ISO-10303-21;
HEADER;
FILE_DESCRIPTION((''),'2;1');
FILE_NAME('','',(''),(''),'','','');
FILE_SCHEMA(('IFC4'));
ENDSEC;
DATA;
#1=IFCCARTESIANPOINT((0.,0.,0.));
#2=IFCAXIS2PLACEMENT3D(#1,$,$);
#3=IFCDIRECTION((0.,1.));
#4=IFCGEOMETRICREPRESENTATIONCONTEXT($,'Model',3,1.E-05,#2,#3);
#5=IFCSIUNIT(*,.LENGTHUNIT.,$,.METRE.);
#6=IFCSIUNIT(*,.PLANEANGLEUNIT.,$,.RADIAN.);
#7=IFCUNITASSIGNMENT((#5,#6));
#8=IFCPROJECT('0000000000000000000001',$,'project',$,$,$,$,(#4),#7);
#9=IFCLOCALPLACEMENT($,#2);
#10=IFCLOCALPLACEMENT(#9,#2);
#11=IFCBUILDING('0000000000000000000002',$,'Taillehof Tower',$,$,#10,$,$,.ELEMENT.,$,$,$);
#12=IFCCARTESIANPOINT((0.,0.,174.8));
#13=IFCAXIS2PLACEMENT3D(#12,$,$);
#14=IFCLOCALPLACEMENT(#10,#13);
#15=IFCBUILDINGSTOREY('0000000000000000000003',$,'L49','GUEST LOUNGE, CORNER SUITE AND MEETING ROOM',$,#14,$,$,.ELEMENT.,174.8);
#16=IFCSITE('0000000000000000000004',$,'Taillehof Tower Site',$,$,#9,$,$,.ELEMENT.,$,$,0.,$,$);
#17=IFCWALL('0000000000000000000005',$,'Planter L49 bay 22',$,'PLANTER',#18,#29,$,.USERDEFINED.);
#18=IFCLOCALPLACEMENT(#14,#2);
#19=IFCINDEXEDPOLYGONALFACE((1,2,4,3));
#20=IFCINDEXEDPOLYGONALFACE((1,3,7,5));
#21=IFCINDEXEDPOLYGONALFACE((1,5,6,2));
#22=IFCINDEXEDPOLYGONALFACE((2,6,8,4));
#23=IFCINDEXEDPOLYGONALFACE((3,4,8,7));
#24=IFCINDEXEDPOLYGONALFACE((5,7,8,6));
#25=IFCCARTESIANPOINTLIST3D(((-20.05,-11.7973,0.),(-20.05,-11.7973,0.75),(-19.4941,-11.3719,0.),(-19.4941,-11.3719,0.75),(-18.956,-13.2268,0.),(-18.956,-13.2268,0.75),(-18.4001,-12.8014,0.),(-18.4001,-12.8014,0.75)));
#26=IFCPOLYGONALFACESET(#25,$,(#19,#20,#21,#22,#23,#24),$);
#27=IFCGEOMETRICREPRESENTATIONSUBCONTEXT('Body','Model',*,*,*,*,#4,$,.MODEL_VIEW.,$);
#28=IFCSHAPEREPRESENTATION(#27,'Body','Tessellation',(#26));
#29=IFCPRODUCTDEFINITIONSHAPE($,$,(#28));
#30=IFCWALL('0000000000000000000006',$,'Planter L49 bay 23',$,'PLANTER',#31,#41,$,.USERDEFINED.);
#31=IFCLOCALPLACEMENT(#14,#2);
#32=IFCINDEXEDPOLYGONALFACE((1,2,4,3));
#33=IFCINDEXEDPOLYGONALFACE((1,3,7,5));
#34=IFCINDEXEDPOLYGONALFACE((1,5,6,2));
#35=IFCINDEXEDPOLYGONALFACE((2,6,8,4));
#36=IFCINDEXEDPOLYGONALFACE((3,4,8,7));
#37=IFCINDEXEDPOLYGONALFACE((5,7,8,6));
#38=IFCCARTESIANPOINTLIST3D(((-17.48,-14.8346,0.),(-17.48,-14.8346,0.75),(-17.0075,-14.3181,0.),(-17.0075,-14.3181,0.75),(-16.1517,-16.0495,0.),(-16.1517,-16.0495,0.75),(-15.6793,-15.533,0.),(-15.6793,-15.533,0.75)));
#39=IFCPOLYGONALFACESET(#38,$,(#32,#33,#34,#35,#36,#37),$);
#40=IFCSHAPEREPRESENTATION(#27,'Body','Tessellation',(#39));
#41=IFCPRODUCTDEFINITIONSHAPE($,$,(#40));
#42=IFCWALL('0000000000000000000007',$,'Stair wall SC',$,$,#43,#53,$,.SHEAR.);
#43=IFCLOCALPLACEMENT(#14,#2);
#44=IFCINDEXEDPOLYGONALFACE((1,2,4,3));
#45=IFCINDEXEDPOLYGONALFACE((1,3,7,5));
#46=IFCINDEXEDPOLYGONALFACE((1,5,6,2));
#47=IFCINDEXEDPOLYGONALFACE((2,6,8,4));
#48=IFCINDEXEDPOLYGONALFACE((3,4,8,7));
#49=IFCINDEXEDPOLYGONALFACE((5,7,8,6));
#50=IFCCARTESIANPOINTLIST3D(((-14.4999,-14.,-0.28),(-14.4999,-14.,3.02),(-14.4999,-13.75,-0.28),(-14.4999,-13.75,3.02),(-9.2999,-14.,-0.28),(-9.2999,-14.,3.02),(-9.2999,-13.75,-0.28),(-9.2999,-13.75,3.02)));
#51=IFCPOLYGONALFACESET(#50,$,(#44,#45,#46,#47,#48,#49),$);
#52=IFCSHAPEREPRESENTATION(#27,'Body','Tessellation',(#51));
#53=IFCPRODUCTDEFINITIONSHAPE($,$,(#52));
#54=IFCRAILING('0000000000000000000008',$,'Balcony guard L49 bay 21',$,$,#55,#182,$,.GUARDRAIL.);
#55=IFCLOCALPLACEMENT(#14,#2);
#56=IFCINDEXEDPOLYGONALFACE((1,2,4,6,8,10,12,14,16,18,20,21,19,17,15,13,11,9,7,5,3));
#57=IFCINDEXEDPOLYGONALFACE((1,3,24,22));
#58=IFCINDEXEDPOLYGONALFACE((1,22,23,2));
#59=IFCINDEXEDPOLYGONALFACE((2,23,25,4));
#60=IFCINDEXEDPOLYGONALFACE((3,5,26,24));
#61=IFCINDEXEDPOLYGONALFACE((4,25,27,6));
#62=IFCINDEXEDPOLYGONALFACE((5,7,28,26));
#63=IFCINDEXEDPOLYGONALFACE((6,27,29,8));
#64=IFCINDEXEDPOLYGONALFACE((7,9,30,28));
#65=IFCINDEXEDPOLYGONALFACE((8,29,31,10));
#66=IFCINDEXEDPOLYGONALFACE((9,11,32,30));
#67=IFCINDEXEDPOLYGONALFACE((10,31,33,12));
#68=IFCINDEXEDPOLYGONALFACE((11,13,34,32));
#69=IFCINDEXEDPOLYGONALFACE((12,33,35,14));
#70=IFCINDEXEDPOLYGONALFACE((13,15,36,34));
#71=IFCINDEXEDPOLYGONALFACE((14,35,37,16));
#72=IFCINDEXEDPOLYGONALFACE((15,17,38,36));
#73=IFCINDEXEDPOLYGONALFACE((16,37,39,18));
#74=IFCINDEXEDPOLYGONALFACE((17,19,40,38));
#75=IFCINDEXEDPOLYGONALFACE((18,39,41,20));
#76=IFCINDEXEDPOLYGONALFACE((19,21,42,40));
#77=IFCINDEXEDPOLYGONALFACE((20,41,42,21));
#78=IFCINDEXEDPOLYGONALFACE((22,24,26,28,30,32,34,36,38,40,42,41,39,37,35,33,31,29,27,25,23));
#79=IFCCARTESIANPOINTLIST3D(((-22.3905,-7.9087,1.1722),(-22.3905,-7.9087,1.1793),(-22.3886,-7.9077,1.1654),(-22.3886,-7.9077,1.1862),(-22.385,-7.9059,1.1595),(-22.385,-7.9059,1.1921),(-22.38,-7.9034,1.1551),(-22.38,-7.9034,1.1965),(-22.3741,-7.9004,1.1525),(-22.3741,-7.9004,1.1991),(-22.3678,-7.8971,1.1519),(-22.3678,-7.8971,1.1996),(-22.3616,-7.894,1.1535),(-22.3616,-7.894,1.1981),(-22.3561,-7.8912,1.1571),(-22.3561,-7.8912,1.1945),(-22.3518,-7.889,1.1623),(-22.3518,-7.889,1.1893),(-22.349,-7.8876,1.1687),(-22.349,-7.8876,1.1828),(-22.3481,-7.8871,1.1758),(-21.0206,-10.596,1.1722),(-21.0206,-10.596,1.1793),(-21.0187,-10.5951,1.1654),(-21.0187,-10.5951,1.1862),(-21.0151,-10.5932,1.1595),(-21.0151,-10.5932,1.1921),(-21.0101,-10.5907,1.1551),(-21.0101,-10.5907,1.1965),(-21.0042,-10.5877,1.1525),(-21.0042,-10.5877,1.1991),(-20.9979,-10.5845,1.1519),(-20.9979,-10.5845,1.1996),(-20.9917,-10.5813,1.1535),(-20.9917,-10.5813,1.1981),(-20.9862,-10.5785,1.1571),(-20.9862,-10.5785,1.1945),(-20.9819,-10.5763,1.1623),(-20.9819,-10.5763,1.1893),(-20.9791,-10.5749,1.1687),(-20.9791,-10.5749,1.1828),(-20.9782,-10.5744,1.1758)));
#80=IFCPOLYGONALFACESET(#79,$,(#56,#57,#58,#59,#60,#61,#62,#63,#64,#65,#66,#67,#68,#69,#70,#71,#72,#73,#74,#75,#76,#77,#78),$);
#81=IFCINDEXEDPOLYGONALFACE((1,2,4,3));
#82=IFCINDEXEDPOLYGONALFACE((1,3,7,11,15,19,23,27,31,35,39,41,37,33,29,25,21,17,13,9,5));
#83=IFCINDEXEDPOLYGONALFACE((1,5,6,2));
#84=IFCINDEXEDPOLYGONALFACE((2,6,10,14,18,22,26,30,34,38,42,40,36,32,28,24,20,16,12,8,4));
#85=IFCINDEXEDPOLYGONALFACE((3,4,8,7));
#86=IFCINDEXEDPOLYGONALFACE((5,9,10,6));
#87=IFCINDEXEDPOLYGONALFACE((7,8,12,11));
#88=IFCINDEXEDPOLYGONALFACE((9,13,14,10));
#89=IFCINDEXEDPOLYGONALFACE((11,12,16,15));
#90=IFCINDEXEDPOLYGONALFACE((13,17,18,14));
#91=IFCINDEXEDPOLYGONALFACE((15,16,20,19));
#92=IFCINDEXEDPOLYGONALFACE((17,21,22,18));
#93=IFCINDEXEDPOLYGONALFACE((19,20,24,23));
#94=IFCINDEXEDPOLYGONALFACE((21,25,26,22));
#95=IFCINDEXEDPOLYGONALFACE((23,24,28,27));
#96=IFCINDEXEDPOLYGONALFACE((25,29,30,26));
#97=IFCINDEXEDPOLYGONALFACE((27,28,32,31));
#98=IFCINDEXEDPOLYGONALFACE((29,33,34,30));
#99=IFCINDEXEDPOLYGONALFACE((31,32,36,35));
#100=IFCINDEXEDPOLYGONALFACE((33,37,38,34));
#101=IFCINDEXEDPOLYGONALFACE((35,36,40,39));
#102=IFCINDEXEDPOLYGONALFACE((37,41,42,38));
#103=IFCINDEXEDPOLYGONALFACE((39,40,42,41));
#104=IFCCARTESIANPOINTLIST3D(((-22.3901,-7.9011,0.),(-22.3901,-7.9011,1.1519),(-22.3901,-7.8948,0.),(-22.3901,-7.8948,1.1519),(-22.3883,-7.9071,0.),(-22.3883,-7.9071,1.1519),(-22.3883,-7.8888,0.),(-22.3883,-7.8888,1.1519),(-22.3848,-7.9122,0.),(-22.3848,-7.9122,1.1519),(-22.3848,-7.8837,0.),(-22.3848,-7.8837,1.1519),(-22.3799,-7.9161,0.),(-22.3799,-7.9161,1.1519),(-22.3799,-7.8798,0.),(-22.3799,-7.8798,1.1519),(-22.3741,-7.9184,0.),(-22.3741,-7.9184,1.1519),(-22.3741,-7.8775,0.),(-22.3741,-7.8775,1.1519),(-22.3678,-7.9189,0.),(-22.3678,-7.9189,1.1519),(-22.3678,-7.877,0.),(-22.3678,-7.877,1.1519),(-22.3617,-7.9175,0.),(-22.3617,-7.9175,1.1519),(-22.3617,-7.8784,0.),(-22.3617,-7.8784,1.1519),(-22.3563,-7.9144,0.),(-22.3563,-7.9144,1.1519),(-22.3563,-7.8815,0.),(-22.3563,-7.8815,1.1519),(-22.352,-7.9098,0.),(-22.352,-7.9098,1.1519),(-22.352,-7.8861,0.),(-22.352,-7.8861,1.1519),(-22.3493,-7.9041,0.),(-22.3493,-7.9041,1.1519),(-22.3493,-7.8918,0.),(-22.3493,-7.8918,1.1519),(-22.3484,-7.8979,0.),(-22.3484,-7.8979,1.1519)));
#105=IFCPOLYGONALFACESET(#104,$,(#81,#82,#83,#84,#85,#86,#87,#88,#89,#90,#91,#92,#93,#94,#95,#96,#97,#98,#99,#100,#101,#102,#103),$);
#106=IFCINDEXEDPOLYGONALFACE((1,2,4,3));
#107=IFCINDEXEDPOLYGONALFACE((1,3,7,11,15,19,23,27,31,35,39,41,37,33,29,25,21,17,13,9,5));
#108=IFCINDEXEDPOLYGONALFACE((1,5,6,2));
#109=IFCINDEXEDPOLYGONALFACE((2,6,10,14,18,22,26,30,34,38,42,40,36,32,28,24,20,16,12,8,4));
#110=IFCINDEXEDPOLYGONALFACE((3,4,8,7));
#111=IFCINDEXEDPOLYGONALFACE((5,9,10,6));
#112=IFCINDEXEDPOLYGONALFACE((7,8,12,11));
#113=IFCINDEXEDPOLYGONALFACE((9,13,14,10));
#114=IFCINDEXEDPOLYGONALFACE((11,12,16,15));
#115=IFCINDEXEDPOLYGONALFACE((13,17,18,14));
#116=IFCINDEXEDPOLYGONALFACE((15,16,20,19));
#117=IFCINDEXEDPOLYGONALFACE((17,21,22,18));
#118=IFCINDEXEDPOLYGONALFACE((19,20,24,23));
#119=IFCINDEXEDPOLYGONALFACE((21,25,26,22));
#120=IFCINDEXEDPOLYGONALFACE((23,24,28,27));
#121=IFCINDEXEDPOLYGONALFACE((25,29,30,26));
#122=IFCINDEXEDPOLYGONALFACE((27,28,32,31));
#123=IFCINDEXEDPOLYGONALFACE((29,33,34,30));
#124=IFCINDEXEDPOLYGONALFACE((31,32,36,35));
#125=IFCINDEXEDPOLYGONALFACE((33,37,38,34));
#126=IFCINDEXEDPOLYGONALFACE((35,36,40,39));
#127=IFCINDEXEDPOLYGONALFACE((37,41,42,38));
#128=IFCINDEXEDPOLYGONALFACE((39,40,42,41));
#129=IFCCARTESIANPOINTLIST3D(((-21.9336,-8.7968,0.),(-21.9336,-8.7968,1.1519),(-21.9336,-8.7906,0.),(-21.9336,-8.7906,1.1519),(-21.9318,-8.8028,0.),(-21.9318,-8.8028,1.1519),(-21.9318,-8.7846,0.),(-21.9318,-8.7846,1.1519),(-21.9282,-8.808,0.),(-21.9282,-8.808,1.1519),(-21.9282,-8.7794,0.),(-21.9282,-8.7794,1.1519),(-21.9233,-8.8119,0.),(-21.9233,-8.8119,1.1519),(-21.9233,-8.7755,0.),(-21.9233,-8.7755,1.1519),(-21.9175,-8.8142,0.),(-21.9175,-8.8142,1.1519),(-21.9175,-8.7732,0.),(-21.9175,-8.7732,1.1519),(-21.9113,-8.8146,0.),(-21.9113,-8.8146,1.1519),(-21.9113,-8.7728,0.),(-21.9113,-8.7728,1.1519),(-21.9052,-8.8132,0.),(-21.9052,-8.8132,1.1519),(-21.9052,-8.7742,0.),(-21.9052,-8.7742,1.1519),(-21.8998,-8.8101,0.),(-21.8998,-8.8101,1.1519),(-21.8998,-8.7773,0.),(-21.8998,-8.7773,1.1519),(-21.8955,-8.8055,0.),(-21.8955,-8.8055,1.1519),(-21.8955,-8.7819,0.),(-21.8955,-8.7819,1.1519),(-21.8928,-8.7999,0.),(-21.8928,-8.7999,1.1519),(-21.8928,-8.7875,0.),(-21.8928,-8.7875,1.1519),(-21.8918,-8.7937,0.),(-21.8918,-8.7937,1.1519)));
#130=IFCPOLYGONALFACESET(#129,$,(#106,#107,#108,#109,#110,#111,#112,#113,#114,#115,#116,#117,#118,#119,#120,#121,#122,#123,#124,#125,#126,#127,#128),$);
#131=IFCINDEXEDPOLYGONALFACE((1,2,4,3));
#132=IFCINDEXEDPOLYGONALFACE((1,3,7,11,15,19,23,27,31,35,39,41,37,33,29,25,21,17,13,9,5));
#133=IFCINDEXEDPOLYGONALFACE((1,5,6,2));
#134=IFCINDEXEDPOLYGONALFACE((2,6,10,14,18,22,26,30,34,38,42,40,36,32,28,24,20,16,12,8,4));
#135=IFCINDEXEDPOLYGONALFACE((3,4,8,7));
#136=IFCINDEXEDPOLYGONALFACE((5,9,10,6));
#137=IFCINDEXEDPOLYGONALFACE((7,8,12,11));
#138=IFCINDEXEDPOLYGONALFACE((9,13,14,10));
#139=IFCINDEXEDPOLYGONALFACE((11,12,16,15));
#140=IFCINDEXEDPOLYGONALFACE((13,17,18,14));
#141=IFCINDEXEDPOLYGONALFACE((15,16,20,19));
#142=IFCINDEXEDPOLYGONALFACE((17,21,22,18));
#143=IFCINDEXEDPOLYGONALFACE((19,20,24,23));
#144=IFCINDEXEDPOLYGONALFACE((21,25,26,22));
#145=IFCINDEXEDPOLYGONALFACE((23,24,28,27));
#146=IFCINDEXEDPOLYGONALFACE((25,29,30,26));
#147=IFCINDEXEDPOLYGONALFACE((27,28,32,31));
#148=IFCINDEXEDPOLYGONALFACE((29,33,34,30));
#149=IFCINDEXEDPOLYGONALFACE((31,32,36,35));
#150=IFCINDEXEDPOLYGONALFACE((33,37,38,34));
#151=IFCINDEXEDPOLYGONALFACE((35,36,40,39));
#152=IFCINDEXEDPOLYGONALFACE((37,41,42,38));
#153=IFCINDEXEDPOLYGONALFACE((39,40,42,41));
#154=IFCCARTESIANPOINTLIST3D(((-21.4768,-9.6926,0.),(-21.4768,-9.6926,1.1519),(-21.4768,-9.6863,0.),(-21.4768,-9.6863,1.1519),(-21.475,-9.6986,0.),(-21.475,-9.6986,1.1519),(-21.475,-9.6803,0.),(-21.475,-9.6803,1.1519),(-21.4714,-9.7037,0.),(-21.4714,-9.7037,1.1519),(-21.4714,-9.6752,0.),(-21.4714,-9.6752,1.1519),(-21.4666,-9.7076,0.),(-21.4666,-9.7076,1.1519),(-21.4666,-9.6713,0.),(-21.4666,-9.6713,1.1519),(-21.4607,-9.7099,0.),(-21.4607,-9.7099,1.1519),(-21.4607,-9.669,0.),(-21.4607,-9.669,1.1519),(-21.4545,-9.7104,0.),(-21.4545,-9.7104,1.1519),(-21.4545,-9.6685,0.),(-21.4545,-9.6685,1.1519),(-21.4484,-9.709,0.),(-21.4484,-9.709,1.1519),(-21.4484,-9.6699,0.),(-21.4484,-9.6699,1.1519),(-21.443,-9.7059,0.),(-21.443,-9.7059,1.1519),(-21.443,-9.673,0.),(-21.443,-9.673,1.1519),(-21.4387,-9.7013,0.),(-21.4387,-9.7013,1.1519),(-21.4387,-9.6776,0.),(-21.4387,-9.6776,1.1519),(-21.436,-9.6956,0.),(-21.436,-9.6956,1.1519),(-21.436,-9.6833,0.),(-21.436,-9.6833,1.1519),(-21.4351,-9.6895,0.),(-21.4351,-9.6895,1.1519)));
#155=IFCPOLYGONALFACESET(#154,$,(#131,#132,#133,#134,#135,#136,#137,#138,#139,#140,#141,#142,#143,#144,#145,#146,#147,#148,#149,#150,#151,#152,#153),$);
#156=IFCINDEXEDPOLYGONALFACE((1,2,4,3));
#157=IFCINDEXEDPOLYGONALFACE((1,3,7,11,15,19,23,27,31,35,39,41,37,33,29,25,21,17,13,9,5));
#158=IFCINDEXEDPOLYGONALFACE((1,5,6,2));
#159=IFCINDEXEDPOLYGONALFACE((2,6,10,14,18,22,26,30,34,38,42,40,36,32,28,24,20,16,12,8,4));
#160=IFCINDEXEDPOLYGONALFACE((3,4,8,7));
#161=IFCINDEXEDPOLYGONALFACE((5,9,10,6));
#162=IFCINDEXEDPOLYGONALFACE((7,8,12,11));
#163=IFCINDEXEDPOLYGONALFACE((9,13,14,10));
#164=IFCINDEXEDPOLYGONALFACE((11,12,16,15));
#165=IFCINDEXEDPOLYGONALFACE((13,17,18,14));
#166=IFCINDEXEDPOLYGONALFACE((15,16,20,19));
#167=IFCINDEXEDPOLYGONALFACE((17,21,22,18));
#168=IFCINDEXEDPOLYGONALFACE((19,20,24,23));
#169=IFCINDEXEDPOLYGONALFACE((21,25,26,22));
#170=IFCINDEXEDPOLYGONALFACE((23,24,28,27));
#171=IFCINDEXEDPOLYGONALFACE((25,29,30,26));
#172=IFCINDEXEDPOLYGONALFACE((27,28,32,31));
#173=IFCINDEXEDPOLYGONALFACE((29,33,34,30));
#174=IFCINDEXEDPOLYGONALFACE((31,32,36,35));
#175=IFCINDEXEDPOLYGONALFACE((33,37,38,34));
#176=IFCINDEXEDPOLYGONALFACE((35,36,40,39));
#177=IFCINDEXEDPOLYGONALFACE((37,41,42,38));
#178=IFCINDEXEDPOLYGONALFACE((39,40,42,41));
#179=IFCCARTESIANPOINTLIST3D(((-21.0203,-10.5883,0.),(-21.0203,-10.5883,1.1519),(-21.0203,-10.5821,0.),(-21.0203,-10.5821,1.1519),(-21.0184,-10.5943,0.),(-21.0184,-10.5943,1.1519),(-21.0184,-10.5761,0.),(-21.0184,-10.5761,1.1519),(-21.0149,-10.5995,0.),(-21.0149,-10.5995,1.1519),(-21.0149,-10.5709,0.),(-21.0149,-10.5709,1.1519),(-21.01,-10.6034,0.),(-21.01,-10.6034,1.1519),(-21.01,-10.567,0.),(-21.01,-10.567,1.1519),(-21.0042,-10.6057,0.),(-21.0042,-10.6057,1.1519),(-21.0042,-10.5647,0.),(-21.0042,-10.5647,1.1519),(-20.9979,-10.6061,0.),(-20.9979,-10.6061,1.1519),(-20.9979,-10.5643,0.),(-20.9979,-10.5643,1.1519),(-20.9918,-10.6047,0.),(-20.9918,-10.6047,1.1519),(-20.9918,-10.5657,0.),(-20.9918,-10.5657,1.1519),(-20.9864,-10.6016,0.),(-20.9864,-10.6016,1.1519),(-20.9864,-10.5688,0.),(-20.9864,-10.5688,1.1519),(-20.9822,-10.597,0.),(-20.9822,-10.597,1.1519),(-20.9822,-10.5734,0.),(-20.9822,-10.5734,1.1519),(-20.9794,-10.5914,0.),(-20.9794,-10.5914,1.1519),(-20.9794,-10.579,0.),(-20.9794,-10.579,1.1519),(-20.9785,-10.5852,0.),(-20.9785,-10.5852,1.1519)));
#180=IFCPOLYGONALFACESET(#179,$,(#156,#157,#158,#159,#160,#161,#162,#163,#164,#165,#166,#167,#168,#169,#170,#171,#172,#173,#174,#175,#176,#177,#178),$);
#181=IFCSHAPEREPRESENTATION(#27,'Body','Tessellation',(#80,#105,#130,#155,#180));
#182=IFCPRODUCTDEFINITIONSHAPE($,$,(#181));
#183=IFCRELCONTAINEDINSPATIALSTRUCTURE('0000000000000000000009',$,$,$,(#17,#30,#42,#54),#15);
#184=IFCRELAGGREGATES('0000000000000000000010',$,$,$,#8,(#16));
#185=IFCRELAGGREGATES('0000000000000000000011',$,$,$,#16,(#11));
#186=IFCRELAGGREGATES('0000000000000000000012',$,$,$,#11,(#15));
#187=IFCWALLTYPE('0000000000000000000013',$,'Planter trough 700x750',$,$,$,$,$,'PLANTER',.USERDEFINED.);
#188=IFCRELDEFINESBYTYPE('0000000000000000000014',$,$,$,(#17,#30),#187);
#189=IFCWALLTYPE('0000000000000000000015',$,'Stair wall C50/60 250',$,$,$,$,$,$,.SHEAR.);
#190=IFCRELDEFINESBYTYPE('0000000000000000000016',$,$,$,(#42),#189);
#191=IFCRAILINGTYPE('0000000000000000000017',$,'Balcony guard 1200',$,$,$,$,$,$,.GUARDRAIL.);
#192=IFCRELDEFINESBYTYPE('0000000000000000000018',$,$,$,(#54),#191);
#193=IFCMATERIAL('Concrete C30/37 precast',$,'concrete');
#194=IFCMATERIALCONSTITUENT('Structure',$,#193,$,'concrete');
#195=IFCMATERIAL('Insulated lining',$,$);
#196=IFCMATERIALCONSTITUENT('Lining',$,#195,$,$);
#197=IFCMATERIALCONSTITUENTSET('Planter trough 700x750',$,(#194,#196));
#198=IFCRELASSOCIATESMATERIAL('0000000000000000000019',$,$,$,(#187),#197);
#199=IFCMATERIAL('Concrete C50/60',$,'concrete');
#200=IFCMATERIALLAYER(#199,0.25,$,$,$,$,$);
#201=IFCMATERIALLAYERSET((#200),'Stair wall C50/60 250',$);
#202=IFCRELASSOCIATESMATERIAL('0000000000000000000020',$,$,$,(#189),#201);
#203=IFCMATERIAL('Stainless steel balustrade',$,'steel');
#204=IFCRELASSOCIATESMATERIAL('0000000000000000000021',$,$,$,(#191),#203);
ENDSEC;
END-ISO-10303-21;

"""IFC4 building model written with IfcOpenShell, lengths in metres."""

from ifc_helpers import new_model, si_unit, direction, frame, frame_2d, origin, origin_2d, place, context, subcontext, project, spatial, rectangle, circle, extrude, material, layer, layer_set, constituent, constituent_set, type_object, element, save


model = new_model("IFC4")

# Units and contexts
model_context = context("Model", 3, precision=1e-05, world=origin(), true_north=direction((0.0, 1.0)))
body_context = subcontext(model_context, "Body", "Model", "MODEL_VIEW")
ifc_project = project(units=[si_unit("LENGTHUNIT", "METRE"), si_unit("PLANEANGLEUNIT", "RADIAN")], contexts=[model_context])

# Site, building, storey
site_placement = place(None, origin())
site = spatial("IfcSite", under=ifc_project, at=site_placement, Name="Taillehof Tower Site", CompositionType="ELEMENT", RefElevation=0.0)
building_placement = place(site_placement, origin())
building = spatial("IfcBuilding", under=site, at=building_placement, Name="Taillehof Tower", CompositionType="ELEMENT")
storey_placement = place(building_placement, frame((0.0, 0.0, 174.8)))
storey = spatial("IfcBuildingStorey", under=building, at=storey_placement, Name="L49", Description="GUEST LOUNGE, CORNER SUITE AND MEETING ROOM", CompositionType="ELEMENT", Elevation=174.8)

# Walls
ifc_material_1 = material(Name="Concrete C30/37 precast", Category="concrete")
ifc_constituent_1 = constituent(ifc_material_1, Name="Structure", Category="concrete")
ifc_material_2 = material(Name="Insulated lining")
ifc_constituent_2 = constituent(ifc_material_2, Name="Lining")
ifc_constituent_set = constituent_set(constituents=[ifc_constituent_1, ifc_constituent_2], Name="Planter trough 700x750")
wall_type_1 = type_object("IfcWallType", Name="Planter trough 700x750", ElementType="PLANTER", PredefinedType="USERDEFINED", material=ifc_constituent_set)
for number, where, z_axis, x_axis, name in (
    (1, (-19.772, -11.5847, 0.0), (0.0, 0.0, 1.0), (0.607762, -0.794119, 0.0), "Planter L49 bay 22"),
    (2, (-17.2437, -14.5764, 0.0), (0.0, 0.0, 1.0), (0.737874, -0.674938, 0.0), "Planter L49 bay 23"),
):
    element("IfcWall", number, at=place(storey_placement, frame(where, z_axis=z_axis, x_axis=x_axis)), inside=storey, type_object=wall_type_1, Name=name, ObjectType="PLANTER", PredefinedType="USERDEFINED", context=body_context, shape_type="SweptSolid", body=[
        extrude(rectangle(XDim=1.8, YDim=0.7, at=frame_2d((0.8999, 0.0))), origin(), (0.0, 0.0, 1.0), 0.75),
    ])
ifc_material_3 = material(Name="Concrete C50/60", Category="concrete")
ifc_layer_1 = layer(ifc_material_3, 0.25)
ifc_layer_set_1 = layer_set([ifc_layer_1], Name="Stair wall C50/60 250")
wall_type_2 = type_object("IfcWallType", Name="Stair wall C50/60 250", PredefinedType="SHEAR", material=ifc_layer_set_1)
wall_1_placement = place(storey_placement, frame((-14.5, -13.875, -0.28), z_axis=(0.0, 0.0, 1.0), x_axis=(1.0, 0.0, 0.0)))
element("IfcWall", 3, at=wall_1_placement, inside=storey, type_object=wall_type_2, Name="Stair wall SC", PredefinedType="SHEAR", context=body_context, shape_type="SweptSolid", body=[
    extrude(rectangle(XDim=5.2, YDim=0.25, at=frame_2d((2.6001, 0.0))), origin(), (0.0, 0.0, 1.0), 3.3),
])

# Railing
ifc_material_4 = material(Name="Stainless steel balustrade", Category="steel")
railing_type = type_object("IfcRailingType", Name="Balcony guard 1200", PredefinedType="GUARDRAIL", material=ifc_material_4)
railing_1_placement = place(storey_placement, frame((-22.3694, -7.8979, 0.0)))
element("IfcRailing", 4, at=railing_1_placement, inside=storey, type_object=railing_type, Name="Balcony guard L49 bay 21", PredefinedType="GUARDRAIL", context=body_context, shape_type="SweptSolid", body=[
    extrude(circle(Radius=0.0239, at=origin_2d()), frame((0.0, 0.0, 1.1758), z_axis=(0.454161, -0.89092, 0.0), x_axis=(0.89092, 0.454161, 0.0)), (0.0, 0.0, 1.0), 3.0164),
    extrude(circle(Radius=0.021, at=origin_2d()), origin(), (0.0, 0.0, 1.0), 1.1519),
    extrude(circle(Radius=0.021, at=origin_2d()), frame((0.4565, -0.8958, 0.0)), (0.0, 0.0, 1.0), 1.1519),
    extrude(circle(Radius=0.021, at=origin_2d()), frame((0.9133, -1.7915, 0.0)), (0.0, 0.0, 1.0), 1.1519),
    extrude(circle(Radius=0.021, at=origin_2d()), frame((1.3699, -2.6873, 0.0)), (0.0, 0.0, 1.0), 1.1519),
])

save(model, "model.ifc")
